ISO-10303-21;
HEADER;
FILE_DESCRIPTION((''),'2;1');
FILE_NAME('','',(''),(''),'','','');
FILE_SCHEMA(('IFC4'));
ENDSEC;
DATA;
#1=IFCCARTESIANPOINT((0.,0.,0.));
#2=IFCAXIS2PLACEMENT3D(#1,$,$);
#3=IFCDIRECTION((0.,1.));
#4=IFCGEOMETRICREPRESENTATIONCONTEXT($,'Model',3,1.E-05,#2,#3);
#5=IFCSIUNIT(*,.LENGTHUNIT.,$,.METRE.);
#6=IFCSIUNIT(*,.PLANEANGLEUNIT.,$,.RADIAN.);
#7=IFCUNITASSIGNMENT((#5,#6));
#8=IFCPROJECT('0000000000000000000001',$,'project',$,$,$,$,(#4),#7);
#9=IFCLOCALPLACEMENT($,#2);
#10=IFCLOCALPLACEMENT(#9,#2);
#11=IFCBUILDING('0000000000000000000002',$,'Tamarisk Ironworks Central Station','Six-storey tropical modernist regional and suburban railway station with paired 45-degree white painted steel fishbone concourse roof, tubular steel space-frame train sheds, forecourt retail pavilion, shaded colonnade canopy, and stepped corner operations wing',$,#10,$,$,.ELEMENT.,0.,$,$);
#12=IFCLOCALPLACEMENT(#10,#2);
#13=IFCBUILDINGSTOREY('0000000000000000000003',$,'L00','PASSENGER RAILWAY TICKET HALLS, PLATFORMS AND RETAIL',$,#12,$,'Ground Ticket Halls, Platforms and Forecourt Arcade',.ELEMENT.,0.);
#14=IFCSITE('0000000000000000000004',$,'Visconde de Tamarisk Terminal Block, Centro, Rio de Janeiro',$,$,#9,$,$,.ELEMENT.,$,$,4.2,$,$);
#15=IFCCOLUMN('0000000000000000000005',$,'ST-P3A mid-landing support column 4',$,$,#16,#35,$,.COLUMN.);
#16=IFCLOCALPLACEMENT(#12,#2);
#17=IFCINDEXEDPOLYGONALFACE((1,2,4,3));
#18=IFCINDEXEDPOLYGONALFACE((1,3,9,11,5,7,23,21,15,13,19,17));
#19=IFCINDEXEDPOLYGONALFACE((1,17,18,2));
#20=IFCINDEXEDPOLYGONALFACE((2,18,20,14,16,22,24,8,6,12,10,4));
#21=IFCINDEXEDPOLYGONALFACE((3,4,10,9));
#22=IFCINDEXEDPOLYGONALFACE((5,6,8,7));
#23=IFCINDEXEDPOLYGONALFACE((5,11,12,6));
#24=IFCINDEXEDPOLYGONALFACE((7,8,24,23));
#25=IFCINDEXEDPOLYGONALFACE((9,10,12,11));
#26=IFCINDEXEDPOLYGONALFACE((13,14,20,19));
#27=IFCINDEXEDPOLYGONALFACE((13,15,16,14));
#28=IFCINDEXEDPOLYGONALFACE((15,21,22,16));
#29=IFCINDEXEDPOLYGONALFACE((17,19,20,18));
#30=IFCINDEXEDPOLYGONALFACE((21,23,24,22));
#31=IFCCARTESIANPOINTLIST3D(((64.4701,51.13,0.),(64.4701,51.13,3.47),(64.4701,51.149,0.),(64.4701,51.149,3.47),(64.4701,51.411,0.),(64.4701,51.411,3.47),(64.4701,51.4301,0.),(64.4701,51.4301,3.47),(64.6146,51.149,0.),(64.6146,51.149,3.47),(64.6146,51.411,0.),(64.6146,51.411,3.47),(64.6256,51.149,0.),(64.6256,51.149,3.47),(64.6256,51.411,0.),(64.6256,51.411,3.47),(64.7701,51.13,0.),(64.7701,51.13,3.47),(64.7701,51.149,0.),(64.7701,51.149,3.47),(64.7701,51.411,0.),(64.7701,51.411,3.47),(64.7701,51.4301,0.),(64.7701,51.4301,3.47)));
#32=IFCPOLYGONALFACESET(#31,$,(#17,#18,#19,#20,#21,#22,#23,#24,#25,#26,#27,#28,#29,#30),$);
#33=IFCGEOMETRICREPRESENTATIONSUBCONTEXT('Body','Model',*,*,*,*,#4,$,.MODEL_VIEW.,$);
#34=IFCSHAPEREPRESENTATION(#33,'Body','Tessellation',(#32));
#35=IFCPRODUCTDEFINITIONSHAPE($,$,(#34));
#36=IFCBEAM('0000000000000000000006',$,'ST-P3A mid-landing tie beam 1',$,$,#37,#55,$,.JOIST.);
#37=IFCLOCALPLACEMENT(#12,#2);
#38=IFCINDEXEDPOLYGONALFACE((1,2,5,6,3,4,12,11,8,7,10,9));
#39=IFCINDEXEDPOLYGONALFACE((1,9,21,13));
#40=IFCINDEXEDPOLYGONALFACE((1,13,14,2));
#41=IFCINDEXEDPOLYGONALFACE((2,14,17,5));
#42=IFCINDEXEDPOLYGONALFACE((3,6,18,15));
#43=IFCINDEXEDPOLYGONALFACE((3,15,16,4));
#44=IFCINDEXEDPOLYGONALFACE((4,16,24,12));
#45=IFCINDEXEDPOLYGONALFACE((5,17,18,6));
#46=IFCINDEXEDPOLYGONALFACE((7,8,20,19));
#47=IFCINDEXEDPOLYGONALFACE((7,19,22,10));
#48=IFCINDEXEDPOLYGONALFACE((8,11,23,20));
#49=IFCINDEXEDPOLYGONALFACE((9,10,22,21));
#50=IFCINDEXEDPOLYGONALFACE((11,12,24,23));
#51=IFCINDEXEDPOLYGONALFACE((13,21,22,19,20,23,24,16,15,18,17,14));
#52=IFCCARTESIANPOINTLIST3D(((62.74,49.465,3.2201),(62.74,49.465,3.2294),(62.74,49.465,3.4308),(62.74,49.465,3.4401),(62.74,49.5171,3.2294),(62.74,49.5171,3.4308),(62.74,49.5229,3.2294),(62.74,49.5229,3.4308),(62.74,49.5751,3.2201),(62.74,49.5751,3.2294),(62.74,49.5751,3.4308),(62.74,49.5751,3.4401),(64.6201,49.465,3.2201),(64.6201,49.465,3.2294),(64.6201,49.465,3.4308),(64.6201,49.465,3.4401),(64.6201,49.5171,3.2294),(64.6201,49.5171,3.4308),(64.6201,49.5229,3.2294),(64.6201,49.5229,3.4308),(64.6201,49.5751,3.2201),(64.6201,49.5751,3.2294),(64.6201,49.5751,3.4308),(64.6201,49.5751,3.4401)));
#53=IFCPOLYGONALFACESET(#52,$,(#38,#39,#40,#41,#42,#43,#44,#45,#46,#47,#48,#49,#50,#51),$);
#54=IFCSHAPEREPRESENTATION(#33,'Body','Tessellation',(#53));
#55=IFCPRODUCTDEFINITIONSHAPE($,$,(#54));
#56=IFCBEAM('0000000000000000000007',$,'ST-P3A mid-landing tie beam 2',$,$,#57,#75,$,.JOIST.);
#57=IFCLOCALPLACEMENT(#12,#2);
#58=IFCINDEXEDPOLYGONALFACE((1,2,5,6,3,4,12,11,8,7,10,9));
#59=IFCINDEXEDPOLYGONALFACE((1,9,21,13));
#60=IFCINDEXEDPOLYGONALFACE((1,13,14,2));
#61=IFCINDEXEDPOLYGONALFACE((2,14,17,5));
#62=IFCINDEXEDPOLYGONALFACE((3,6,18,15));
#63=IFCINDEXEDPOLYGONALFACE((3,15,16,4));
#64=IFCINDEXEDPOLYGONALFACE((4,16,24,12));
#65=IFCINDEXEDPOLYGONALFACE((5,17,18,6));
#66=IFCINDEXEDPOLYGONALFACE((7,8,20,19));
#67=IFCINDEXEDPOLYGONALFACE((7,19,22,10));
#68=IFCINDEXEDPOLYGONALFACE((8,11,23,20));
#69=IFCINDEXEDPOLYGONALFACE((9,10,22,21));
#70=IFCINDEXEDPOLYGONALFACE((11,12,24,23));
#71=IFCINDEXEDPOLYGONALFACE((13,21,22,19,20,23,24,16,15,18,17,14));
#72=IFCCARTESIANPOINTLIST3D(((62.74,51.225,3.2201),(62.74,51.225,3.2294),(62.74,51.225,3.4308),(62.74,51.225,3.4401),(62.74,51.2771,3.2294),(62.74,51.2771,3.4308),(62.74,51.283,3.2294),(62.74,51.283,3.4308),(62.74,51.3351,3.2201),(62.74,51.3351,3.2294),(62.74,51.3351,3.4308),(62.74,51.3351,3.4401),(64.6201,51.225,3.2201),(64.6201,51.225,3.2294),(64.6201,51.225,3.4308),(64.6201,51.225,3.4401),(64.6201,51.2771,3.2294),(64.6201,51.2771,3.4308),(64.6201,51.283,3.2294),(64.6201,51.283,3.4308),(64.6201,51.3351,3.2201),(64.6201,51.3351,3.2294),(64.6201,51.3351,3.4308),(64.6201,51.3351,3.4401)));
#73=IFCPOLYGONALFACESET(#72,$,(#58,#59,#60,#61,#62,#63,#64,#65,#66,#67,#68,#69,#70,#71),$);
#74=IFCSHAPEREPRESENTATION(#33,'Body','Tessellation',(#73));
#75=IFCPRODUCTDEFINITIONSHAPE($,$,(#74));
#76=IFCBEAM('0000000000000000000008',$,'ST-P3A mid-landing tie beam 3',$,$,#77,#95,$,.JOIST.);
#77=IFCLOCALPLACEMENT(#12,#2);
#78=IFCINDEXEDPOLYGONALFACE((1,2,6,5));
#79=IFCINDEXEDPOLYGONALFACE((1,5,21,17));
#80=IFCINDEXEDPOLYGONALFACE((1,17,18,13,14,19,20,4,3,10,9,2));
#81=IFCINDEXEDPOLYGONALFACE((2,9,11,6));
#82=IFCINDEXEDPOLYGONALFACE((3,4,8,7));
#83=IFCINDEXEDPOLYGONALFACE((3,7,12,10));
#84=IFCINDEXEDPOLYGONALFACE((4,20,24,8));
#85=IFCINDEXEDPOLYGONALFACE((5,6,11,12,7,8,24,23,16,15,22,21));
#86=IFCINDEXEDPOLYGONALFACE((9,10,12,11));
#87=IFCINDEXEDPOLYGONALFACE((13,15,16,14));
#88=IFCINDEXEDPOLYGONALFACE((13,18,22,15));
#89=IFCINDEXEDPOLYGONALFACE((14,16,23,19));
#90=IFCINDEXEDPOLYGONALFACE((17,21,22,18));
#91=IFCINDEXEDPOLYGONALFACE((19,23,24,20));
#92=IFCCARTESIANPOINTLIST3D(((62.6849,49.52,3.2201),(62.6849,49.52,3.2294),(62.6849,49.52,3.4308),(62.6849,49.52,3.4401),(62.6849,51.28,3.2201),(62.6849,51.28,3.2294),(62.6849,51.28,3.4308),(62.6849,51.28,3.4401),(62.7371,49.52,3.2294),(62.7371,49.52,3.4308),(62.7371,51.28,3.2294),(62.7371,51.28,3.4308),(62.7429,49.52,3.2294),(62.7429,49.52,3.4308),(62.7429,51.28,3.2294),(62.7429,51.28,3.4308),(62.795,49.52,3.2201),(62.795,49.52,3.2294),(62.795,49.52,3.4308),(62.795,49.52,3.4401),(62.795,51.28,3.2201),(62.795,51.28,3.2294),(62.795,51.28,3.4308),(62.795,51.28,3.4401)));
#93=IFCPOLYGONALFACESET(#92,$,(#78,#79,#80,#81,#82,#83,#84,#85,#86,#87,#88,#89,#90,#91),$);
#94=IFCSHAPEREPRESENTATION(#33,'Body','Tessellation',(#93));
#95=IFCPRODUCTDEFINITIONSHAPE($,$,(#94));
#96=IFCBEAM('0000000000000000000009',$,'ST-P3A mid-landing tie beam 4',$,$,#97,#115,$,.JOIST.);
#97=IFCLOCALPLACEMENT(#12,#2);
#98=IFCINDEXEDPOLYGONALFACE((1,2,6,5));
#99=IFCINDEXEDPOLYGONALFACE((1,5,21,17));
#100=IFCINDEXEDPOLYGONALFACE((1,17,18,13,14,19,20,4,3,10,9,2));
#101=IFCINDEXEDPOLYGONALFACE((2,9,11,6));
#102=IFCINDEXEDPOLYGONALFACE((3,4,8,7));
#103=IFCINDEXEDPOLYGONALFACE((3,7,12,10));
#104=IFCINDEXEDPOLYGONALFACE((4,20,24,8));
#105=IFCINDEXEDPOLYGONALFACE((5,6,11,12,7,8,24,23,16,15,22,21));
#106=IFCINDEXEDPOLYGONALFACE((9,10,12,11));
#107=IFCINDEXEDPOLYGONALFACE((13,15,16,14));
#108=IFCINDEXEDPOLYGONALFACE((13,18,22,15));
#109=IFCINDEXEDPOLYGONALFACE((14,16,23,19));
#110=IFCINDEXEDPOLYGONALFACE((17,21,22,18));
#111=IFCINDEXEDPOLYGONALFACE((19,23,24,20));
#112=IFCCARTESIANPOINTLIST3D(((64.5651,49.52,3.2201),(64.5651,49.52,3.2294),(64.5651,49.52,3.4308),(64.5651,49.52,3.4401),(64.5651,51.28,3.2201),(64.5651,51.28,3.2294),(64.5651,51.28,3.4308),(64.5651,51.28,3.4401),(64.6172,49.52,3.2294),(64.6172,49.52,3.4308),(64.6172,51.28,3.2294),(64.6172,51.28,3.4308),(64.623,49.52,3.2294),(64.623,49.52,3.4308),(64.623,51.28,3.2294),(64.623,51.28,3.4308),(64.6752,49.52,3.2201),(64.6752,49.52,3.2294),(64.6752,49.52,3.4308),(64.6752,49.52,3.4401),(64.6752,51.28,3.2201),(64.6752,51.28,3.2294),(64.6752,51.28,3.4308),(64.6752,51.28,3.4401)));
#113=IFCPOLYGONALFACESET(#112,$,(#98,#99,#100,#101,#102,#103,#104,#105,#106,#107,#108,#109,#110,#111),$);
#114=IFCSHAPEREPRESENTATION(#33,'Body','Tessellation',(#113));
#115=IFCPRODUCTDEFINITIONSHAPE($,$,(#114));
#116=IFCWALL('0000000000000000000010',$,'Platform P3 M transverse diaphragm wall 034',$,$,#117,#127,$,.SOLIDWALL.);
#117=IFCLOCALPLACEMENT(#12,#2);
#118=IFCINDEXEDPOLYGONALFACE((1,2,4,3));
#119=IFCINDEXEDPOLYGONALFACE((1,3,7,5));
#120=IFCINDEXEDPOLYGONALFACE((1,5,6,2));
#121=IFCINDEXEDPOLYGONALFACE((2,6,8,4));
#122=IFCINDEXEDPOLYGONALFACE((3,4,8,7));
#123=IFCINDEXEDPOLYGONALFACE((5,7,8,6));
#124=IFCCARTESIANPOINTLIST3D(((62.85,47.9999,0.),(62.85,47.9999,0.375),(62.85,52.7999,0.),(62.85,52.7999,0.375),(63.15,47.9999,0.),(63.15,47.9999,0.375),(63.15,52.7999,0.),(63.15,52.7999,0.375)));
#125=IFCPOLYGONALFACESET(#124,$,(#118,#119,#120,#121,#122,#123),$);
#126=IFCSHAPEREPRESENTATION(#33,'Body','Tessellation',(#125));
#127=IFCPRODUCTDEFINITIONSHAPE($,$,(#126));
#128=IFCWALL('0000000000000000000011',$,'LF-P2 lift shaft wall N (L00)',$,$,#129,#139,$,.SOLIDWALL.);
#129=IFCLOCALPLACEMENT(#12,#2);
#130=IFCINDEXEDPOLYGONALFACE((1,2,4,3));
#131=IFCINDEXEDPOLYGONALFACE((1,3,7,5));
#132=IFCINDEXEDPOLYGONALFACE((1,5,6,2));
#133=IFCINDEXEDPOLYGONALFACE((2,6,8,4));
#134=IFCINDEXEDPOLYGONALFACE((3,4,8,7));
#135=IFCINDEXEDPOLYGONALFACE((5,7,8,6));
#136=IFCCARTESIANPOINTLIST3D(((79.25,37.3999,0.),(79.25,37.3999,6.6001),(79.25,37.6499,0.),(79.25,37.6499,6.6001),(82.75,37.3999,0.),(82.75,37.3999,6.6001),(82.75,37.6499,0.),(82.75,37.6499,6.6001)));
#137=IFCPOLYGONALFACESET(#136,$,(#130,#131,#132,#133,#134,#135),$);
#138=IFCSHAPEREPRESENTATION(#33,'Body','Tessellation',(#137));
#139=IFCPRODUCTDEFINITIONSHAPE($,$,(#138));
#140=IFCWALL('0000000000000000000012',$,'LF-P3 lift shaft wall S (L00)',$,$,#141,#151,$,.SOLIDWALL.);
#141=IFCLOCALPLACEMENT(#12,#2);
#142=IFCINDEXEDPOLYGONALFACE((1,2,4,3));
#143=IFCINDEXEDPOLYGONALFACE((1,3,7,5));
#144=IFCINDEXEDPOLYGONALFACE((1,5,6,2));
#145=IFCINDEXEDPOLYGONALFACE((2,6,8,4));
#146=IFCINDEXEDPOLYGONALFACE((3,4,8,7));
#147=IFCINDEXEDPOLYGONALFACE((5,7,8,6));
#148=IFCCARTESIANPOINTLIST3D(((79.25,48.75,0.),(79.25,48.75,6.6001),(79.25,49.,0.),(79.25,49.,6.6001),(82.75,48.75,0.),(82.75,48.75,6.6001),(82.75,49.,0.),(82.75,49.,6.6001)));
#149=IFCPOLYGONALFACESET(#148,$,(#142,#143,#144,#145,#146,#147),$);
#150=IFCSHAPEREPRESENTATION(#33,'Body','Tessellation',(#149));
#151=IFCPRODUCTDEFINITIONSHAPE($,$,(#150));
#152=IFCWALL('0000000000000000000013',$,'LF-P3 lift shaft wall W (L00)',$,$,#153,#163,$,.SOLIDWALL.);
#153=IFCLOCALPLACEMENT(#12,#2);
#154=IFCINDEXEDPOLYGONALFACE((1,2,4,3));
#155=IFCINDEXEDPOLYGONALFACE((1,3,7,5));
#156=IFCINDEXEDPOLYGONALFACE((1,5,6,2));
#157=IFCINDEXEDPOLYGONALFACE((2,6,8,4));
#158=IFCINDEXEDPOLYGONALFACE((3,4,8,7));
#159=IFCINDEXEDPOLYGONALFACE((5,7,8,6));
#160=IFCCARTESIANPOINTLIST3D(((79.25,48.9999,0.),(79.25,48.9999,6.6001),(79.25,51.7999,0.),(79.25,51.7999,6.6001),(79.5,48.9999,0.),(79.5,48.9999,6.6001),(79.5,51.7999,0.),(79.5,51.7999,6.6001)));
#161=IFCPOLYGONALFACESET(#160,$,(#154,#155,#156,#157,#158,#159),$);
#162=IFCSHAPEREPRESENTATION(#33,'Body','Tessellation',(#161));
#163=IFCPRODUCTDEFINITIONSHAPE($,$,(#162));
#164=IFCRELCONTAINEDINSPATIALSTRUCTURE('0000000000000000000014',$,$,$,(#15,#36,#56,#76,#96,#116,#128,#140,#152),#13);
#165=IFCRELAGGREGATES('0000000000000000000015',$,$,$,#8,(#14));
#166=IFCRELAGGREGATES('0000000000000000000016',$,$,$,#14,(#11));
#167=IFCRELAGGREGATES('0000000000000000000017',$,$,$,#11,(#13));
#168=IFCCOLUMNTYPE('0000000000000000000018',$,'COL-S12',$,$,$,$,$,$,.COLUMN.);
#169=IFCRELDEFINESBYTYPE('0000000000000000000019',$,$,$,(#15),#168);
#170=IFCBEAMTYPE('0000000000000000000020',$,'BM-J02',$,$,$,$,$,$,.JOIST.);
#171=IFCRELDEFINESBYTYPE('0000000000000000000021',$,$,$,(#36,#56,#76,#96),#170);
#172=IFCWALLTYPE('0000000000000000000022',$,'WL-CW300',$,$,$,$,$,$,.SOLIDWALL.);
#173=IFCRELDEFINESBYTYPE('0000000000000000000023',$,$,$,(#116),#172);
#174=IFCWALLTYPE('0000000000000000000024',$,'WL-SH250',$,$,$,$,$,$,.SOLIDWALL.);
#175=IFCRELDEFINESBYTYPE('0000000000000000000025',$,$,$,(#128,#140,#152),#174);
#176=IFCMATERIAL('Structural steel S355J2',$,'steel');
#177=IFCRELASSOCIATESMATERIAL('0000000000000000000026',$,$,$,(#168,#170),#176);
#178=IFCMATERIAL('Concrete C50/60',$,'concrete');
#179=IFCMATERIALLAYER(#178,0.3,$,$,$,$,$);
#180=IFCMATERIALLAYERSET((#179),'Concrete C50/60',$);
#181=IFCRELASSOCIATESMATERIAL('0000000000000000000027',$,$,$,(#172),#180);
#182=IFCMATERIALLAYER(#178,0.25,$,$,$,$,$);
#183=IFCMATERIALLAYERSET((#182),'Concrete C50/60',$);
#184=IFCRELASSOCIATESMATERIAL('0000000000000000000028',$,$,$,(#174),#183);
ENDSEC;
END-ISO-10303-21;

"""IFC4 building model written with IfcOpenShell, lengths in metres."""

from ifc_helpers import new_model, si_unit, direction, frame, frame_2d, origin, origin_2d, place, context, subcontext, project, spatial, rectangle, i_section, extrude, material, layer, layer_set, material_profile, profile_set, type_object, element, save


model = new_model("IFC4")

# Units and contexts
model_context = context("Model", 3, precision=1e-05, world=origin(), true_north=direction((0.0, 1.0)))
body_context = subcontext(model_context, "Body", "Model", "MODEL_VIEW")
ifc_project = project(units=[si_unit("LENGTHUNIT", "METRE"), si_unit("PLANEANGLEUNIT", "RADIAN")], contexts=[model_context])

# Site, building, storey
site_placement = place(None, origin())
site = spatial("IfcSite", under=ifc_project, at=site_placement, Name="Visconde de Tamarisk Terminal Block, Centro, Rio de Janeiro", CompositionType="ELEMENT", RefElevation=4.2)
building_placement = place(site_placement, origin())
building = spatial("IfcBuilding", under=site, at=building_placement, Name="Tamarisk Ironworks Central Station", Description="Six-storey tropical modernist regional and suburban railway station with paired 45-degree white painted steel fishbone concourse roof, tubular steel space-frame train sheds, forecourt retail pavilion, shaded colonnade canopy, and stepped corner operations wing", CompositionType="ELEMENT", ElevationOfRefHeight=0.0)
storey_placement = place(building_placement, origin())
storey = spatial("IfcBuildingStorey", under=building, at=storey_placement, Name="L00", Description="PASSENGER RAILWAY TICKET HALLS, PLATFORMS AND RETAIL", LongName="Ground Ticket Halls, Platforms and Forecourt Arcade", CompositionType="ELEMENT", Elevation=0.0)

# Column
ifc_material_1 = material(Name="Structural steel S355J2", Category="steel")
ifc_material_profile_1 = material_profile(ifc_material_1, i_section(OverallWidth=0.3, OverallDepth=0.3, WebThickness=0.011, FlangeThickness=0.019, at=origin_2d()), Name="HEB 300")
ifc_profile_set_1 = profile_set([ifc_material_profile_1], Name="Structural steel S355J2")
column_type_1 = type_object("IfcColumnType", Name="COL-S12", PredefinedType="COLUMN", material=ifc_profile_set_1)
for number, where, z_axis, x_axis, name in (
    (1, (64.6201, 51.28, 0.0), (0.0, 0.0, 1.0), (1.0, 0.0, 0.0), "ST-P3A mid-landing support column 4"),
):
    element("IfcColumn", number, at=place(storey_placement, frame(where, z_axis=z_axis, x_axis=x_axis)), inside=storey, type_object=column_type_1, Name=name, PredefinedType="COLUMN", context=body_context, shape_type="SweptSolid", body=[
        extrude(i_section(OverallWidth=0.3, OverallDepth=0.3, WebThickness=0.011, FlangeThickness=0.019, at=origin_2d()), origin(), (0.0, 0.0, 1.0), 3.47),
    ])

# Beams
ifc_material_profile_2 = material_profile(ifc_material_1, i_section(OverallWidth=0.1101, OverallDepth=0.22, WebThickness=0.0059, FlangeThickness=0.0093, at=origin_2d()), Name="IPE 220")
ifc_profile_set_2 = profile_set([ifc_material_profile_2], Name="Structural steel S355J2")
beam_type = type_object("IfcBeamType", Name="BM-J02", PredefinedType="JOIST", material=ifc_profile_set_2)
for number, where, z_axis, x_axis, name in (
    (2, (62.74, 49.52, 3.3301), (1.0, 0.0, 0.0), (0.0, 1.0, 0.0), "ST-P3A mid-landing tie beam 1"),
    (3, (62.74, 51.28, 3.3301), (1.0, 0.0, 0.0), (0.0, 1.0, 0.0), "ST-P3A mid-landing tie beam 2"),
):
    element("IfcBeam", number, at=place(storey_placement, frame(where, z_axis=z_axis, x_axis=x_axis)), inside=storey, type_object=beam_type, Name=name, PredefinedType="JOIST", context=body_context, shape_type="SweptSolid", body=[
        extrude(i_section(OverallWidth=0.1101, OverallDepth=0.22, WebThickness=0.0059, FlangeThickness=0.0093, at=origin_2d()), origin(), (0.0, 0.0, 1.0), 1.8801),
    ])
for number, where, z_axis, x_axis, name in (
    (4, (62.74, 49.52, 3.3301), (0.0, 1.0, 0.0), (-1.0, 0.0, 0.0), "ST-P3A mid-landing tie beam 3"),
    (5, (64.6201, 49.52, 3.3301), (0.0, 1.0, 0.0), (-1.0, 0.0, 0.0), "ST-P3A mid-landing tie beam 4"),
):
    element("IfcBeam", number, at=place(storey_placement, frame(where, z_axis=z_axis, x_axis=x_axis)), inside=storey, type_object=beam_type, Name=name, PredefinedType="JOIST", context=body_context, shape_type="SweptSolid", body=[
        extrude(i_section(OverallWidth=0.1101, OverallDepth=0.22, WebThickness=0.0059, FlangeThickness=0.0093, at=origin_2d()), origin(), (0.0, 0.0, 1.0), 1.76),
    ])

# Walls
ifc_material_2 = material(Name="Concrete C50/60", Category="concrete")
ifc_layer_1 = layer(ifc_material_2, 0.3)
ifc_layer_set_1 = layer_set([ifc_layer_1], Name="Concrete C50/60")
wall_type_1 = type_object("IfcWallType", Name="WL-CW300", PredefinedType="SOLIDWALL", material=ifc_layer_set_1)
wall_1_placement = place(storey_placement, frame((63.0, 48.0, 0.0), z_axis=(0.0, 0.0, 1.0), x_axis=(0.0, 1.0, 0.0)))
element("IfcWall", 6, at=wall_1_placement, inside=storey, type_object=wall_type_1, Name="Platform P3 M transverse diaphragm wall 034", PredefinedType="SOLIDWALL", context=body_context, shape_type="SweptSolid", body=[
    extrude(rectangle(XDim=4.8, YDim=0.3, at=frame_2d((2.3999, 0.0))), origin(), (0.0, 0.0, 1.0), 0.375),
])
ifc_layer_2 = layer(ifc_material_2, 0.25)
ifc_layer_set_2 = layer_set([ifc_layer_2], Name="Concrete C50/60")
wall_type_2 = type_object("IfcWallType", Name="WL-SH250", PredefinedType="SOLIDWALL", material=ifc_layer_set_2)
for number, where, z_axis, x_axis, name in (
    (7, (79.25, 37.5249, 0.0), (0.0, 0.0, 1.0), (1.0, 0.0, 0.0), "LF-P2 lift shaft wall N (L00)"),
    (8, (79.25, 48.875, 0.0), (0.0, 0.0, 1.0), (1.0, 0.0, 0.0), "LF-P3 lift shaft wall S (L00)"),
):
    element("IfcWall", number, at=place(storey_placement, frame(where, z_axis=z_axis, x_axis=x_axis)), inside=storey, type_object=wall_type_2, Name=name, PredefinedType="SOLIDWALL", context=body_context, shape_type="SweptSolid", body=[
        extrude(rectangle(XDim=3.5, YDim=0.25, at=frame_2d((1.75, 0.0))), origin(), (0.0, 0.0, 1.0), 6.6001),
    ])
wall_2_placement = place(storey_placement, frame((79.375, 49.0, 0.0), z_axis=(0.0, 0.0, 1.0), x_axis=(0.0, 1.0, 0.0)))
element("IfcWall", 9, at=wall_2_placement, inside=storey, type_object=wall_type_2, Name="LF-P3 lift shaft wall W (L00)", PredefinedType="SOLIDWALL", context=body_context, shape_type="SweptSolid", body=[
    extrude(rectangle(XDim=2.8, YDim=0.25, at=frame_2d((1.3999, 0.0))), origin(), (0.0, 0.0, 1.0), 6.6001),
])

save(model, "model.ifc")
